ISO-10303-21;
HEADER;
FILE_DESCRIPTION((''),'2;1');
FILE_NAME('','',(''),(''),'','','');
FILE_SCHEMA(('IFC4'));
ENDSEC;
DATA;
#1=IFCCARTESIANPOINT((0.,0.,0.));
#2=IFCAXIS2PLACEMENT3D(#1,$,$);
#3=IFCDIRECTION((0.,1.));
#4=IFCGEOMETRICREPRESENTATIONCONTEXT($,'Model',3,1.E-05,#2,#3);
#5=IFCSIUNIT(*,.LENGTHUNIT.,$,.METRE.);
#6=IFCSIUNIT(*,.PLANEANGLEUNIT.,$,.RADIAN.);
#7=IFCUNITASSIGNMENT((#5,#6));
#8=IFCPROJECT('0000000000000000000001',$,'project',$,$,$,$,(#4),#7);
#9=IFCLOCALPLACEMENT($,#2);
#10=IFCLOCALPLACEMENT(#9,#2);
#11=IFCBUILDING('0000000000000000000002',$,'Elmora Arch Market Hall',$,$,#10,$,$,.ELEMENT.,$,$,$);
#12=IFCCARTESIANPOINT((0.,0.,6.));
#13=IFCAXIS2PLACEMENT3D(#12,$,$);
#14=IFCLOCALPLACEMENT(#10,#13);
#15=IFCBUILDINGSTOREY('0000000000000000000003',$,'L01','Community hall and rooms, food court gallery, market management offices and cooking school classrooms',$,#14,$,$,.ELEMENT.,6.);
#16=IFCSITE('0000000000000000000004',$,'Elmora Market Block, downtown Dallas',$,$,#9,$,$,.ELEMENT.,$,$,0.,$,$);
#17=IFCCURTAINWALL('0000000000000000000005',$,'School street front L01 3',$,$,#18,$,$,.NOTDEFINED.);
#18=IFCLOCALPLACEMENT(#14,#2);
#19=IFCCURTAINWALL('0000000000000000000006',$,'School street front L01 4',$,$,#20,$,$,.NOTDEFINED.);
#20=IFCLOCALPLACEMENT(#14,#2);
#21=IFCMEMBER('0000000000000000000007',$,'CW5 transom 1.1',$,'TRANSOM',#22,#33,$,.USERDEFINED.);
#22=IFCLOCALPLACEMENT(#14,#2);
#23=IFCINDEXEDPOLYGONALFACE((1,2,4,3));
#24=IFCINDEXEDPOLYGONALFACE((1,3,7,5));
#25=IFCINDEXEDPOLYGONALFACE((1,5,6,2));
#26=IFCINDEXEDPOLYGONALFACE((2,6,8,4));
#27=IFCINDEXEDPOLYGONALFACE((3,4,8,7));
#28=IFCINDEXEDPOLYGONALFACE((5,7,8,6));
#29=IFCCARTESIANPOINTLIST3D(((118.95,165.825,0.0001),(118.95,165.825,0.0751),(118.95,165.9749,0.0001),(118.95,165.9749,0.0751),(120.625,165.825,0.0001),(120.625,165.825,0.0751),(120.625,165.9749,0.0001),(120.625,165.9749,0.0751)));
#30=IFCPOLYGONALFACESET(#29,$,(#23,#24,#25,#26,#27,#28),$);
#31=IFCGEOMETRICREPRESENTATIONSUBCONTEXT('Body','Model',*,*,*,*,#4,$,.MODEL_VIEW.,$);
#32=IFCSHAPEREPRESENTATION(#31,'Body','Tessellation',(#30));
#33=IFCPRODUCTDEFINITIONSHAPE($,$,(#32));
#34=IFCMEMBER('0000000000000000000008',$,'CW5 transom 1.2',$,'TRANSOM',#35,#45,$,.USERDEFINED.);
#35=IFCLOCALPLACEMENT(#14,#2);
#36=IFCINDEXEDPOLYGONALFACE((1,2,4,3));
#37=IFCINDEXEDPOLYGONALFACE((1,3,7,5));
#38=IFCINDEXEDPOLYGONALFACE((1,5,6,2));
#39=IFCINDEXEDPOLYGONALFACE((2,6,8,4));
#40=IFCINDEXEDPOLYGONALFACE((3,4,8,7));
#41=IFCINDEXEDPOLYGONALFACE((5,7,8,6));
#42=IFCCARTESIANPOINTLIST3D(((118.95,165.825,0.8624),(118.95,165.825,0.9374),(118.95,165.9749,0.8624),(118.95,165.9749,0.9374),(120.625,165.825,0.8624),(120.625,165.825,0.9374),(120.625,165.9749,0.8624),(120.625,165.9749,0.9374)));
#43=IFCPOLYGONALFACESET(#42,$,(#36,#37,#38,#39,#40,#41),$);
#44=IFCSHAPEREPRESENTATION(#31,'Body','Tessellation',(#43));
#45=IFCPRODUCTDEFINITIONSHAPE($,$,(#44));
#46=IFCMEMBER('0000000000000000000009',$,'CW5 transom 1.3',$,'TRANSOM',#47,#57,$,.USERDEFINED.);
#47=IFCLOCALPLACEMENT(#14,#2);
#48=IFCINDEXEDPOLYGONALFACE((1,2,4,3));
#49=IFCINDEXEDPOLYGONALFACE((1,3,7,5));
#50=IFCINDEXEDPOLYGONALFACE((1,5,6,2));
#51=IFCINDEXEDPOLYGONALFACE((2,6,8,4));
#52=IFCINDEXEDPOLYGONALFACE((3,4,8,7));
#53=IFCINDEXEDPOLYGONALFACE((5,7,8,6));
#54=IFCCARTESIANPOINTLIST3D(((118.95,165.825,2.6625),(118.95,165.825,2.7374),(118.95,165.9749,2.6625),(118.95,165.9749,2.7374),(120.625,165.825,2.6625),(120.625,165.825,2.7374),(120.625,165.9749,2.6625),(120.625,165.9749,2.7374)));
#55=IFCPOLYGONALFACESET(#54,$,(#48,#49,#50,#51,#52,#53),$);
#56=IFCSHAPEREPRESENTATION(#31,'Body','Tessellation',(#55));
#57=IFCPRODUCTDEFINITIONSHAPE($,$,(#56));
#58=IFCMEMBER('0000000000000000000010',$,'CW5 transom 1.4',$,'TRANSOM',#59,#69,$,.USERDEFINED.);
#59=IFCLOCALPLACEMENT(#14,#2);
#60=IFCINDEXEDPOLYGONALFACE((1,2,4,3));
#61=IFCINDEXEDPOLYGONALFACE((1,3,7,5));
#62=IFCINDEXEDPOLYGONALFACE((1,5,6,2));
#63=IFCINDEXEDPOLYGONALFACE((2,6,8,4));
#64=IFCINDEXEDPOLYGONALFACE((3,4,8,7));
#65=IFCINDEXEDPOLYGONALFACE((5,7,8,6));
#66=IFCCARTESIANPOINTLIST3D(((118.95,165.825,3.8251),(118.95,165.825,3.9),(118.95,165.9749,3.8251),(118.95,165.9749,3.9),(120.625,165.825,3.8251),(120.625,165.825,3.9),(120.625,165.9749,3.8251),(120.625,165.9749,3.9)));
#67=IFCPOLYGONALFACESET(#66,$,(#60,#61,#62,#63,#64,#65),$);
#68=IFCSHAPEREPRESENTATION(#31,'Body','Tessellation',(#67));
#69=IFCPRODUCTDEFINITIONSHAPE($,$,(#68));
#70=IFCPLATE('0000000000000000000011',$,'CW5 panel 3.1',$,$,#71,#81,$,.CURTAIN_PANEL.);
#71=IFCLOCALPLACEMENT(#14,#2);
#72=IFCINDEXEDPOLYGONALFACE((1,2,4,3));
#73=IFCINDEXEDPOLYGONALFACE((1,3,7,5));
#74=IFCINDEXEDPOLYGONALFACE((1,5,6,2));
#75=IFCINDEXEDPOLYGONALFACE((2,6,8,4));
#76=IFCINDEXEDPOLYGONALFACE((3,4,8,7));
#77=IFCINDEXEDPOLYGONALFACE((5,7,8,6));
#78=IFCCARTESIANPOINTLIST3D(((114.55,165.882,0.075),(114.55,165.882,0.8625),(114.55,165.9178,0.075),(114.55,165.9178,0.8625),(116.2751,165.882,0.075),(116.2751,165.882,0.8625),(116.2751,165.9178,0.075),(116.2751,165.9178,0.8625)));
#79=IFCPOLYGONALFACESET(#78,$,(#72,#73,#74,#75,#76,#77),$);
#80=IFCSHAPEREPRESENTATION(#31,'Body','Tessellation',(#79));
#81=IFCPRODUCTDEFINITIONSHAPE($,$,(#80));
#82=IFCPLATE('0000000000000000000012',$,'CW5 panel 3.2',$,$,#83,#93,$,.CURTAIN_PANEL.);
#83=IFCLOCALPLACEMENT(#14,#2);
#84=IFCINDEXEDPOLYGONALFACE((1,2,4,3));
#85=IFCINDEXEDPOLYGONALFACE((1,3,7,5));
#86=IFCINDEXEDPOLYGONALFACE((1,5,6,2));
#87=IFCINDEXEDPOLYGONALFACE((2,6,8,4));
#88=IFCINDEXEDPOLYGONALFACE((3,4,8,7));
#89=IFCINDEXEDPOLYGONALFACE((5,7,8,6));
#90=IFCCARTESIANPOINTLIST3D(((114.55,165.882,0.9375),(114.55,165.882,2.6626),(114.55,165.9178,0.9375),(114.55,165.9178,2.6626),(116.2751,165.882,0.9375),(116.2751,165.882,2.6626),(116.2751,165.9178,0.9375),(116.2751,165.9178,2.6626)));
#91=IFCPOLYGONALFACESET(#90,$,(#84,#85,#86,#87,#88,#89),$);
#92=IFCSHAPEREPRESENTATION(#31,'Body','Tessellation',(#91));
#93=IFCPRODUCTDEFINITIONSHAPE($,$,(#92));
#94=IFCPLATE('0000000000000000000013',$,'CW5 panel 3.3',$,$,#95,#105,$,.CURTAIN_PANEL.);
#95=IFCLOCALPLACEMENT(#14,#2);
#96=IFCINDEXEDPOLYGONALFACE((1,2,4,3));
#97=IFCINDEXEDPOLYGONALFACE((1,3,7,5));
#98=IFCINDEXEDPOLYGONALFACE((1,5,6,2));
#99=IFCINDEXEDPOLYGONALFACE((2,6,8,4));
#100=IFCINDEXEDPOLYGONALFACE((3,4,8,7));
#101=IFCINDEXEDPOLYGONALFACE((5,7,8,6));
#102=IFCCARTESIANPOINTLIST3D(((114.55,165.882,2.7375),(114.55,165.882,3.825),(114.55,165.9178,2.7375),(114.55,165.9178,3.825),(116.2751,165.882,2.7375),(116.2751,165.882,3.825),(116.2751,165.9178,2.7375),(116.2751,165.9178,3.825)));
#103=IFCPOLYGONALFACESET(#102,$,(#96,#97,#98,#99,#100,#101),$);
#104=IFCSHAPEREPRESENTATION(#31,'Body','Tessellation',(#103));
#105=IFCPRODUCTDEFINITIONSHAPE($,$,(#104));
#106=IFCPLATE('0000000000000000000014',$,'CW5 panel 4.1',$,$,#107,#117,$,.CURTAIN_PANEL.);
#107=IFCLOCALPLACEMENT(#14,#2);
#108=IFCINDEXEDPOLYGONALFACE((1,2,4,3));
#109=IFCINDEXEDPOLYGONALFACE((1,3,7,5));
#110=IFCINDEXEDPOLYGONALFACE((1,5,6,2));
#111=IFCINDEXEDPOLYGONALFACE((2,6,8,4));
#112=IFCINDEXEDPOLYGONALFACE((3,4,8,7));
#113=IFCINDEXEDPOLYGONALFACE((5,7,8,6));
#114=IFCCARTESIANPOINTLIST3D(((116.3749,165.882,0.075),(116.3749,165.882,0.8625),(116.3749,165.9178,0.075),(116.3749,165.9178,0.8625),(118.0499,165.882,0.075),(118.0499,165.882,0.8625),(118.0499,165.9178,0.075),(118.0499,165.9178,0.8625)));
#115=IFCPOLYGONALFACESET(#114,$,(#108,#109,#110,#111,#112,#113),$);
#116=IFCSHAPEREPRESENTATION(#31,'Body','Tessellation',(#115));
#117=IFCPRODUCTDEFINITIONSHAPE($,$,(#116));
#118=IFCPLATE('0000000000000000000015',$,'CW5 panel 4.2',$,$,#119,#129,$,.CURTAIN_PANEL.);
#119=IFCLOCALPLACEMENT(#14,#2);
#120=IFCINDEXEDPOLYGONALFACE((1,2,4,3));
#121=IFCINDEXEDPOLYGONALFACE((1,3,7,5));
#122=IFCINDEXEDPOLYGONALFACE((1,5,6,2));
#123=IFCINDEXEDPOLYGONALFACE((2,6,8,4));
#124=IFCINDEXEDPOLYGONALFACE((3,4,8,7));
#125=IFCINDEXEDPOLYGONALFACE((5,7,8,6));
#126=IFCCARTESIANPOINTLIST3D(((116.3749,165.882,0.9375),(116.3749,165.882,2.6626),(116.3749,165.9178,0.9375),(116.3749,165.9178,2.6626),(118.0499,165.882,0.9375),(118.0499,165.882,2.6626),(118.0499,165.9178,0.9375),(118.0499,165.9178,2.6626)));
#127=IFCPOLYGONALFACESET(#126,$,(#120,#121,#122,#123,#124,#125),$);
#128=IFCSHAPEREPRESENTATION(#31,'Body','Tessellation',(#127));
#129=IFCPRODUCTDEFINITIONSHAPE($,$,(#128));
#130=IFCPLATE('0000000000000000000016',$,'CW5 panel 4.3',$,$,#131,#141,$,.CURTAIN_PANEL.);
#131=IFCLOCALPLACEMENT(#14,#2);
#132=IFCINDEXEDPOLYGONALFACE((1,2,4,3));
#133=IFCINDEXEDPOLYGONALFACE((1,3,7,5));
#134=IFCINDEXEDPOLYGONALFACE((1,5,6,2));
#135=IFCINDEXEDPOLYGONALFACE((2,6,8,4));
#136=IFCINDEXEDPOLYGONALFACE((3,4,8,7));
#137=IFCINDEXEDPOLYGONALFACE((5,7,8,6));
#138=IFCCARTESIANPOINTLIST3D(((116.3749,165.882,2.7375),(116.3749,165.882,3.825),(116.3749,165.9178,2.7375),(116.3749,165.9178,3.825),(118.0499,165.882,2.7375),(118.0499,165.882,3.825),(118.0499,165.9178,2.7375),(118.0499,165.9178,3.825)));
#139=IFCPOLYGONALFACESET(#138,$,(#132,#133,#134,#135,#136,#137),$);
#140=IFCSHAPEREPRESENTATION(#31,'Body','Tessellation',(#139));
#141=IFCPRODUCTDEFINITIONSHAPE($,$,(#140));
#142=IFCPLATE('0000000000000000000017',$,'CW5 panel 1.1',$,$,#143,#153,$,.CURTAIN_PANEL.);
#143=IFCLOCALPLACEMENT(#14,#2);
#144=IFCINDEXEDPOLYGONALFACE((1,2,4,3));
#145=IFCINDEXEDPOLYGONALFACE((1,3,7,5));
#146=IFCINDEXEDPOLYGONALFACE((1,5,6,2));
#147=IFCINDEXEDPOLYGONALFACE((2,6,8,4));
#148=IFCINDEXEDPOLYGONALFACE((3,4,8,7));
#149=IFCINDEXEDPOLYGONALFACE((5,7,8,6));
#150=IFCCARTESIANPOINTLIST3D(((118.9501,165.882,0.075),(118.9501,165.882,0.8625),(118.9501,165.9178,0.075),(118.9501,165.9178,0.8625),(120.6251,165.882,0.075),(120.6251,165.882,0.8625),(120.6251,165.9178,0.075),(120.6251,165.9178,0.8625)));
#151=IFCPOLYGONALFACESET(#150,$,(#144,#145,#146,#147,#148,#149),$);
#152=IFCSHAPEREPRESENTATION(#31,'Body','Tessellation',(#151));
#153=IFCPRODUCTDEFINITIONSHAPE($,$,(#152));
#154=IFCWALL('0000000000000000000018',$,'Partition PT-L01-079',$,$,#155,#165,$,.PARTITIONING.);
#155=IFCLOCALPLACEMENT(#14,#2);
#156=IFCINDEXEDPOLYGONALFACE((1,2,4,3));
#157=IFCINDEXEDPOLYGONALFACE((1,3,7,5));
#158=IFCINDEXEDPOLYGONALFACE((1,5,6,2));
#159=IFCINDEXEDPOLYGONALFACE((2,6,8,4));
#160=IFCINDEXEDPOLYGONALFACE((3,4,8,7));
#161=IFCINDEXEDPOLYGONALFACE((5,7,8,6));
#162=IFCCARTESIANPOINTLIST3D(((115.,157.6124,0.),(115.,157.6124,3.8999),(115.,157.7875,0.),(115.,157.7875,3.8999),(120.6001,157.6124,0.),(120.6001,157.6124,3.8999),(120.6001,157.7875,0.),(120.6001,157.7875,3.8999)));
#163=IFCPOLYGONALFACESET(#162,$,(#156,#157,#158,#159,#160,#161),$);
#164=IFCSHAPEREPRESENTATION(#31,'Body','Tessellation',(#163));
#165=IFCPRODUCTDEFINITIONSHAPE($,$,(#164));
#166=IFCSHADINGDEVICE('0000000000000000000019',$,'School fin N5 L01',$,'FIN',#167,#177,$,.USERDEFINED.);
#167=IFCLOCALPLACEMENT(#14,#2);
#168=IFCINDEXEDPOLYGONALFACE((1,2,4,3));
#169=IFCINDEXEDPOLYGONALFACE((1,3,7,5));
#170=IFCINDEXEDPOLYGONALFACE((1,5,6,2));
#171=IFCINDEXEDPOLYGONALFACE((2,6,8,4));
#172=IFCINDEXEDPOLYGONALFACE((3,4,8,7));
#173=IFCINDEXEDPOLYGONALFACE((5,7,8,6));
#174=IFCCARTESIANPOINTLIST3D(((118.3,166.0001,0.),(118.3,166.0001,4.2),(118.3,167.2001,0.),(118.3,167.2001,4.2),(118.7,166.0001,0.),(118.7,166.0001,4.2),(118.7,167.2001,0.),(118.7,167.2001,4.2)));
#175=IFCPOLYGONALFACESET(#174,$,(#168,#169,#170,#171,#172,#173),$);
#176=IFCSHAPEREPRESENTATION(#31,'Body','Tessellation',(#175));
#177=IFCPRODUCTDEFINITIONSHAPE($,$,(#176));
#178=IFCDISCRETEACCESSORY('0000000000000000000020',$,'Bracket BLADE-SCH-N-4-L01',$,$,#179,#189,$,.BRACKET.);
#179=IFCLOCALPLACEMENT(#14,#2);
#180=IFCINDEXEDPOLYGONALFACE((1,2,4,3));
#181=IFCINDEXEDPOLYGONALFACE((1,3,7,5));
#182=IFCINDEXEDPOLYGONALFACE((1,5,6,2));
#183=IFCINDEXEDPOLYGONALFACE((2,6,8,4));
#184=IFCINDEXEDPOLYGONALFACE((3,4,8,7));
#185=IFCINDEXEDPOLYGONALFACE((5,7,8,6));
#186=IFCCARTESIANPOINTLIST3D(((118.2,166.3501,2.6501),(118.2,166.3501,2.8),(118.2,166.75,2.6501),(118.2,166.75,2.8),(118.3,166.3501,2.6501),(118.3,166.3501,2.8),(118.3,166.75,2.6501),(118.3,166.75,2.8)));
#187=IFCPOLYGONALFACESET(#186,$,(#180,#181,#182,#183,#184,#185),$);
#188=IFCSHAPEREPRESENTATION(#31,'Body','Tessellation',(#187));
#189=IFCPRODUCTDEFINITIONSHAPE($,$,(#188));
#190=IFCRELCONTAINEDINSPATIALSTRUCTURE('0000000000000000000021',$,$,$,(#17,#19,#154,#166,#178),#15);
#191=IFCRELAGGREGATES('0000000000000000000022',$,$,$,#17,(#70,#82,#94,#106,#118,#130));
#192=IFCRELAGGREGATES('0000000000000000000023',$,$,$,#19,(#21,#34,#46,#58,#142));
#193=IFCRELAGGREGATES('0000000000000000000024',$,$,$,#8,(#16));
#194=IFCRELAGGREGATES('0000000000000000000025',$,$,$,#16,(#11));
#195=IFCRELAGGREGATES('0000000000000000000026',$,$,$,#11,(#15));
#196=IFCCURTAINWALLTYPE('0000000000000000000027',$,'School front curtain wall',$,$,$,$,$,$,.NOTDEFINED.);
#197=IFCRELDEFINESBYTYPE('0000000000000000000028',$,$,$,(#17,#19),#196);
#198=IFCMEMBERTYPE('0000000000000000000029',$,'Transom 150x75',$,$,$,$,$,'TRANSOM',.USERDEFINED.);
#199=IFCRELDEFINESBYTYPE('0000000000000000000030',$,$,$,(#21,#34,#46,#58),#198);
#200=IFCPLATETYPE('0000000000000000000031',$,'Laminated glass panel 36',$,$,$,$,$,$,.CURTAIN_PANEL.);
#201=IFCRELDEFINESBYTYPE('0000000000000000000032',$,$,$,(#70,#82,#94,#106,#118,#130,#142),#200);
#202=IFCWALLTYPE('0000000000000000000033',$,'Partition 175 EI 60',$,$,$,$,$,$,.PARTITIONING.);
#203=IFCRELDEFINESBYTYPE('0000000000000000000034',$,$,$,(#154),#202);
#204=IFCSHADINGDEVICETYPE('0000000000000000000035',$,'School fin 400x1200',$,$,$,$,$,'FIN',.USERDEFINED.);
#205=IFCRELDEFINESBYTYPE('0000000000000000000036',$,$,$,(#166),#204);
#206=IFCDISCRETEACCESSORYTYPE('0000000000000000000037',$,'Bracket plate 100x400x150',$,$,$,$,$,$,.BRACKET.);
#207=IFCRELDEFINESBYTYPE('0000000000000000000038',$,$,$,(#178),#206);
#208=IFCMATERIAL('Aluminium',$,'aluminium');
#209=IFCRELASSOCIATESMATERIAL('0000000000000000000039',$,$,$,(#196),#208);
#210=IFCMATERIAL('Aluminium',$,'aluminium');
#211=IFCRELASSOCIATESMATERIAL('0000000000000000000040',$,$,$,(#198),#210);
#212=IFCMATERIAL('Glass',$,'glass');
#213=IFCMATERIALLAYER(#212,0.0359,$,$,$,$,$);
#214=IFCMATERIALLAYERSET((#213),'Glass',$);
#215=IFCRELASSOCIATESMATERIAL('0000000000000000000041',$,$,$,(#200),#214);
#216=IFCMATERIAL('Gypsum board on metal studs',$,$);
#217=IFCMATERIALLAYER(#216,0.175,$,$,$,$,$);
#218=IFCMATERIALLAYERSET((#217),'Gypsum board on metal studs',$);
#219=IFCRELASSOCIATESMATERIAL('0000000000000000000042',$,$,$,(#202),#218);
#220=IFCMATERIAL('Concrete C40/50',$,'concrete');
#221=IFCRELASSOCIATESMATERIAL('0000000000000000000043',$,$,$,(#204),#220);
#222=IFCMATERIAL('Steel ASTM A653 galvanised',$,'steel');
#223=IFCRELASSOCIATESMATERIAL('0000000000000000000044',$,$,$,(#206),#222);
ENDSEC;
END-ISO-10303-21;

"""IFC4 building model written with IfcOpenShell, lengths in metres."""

from ifc_helpers import new_model, si_unit, direction, frame, frame_2d, origin, origin_2d, place, context, subcontext, project, spatial, rectangle, extrude, material, layer, layer_set, material_profile, profile_set, type_object, element, aggregate, save


model = new_model("IFC4")

# Units and contexts
model_context = context("Model", 3, precision=1e-05, world=origin(), true_north=direction((0.0, 1.0)))
body_context = subcontext(model_context, "Body", "Model", "MODEL_VIEW")
ifc_project = project(units=[si_unit("LENGTHUNIT", "METRE"), si_unit("PLANEANGLEUNIT", "RADIAN")], contexts=[model_context])

# Site, building, storey
site_placement = place(None, origin())
site = spatial("IfcSite", under=ifc_project, at=site_placement, Name="Elmora Market Block, downtown Dallas", CompositionType="ELEMENT", RefElevation=0.0)
building_placement = place(site_placement, origin())
building = spatial("IfcBuilding", under=site, at=building_placement, Name="Elmora Arch Market Hall", CompositionType="ELEMENT")
storey_placement = place(building_placement, frame((0.0, 0.0, 6.0)))
storey = spatial("IfcBuildingStorey", under=building, at=storey_placement, Name="L01", Description="Community hall and rooms, food court gallery, market management offices and cooking school classrooms", CompositionType="ELEMENT", Elevation=6.0)

# Curtain wall
ifc_material_1 = material(Name="Aluminium", Category="aluminium")
curtain_wall_type = type_object("IfcCurtainWallType", Name="School front curtain wall", PredefinedType="NOTDEFINED", material=ifc_material_1)
curtain_wall_1_placement = place(storey_placement, origin())
curtain_wall_1 = element("IfcCurtainWall", 1, at=curtain_wall_1_placement, inside=storey, type_object=curtain_wall_type, Name="School street front L01 3", PredefinedType="NOTDEFINED")

# Curtain wall
curtain_wall_2_placement = place(storey_placement, origin())
curtain_wall_2 = element("IfcCurtainWall", 2, at=curtain_wall_2_placement, inside=storey, type_object=curtain_wall_type, Name="School street front L01 4", PredefinedType="NOTDEFINED")

# Members
ifc_material_2 = material(Name="Aluminium", Category="aluminium")
ifc_material_profile_1 = material_profile(ifc_material_2, rectangle(XDim=0.1499, YDim=0.075, at=origin_2d()), Name="AL 150x75")
ifc_profile_set_1 = profile_set([ifc_material_profile_1], Name="Aluminium")
member_type_1 = type_object("IfcMemberType", Name="Transom 150x75", ElementType="TRANSOM", PredefinedType="USERDEFINED", material=ifc_profile_set_1)
member_1_placement = place(storey_placement, frame((118.95, 165.8999, 0.0376), z_axis=(1.0, 0.0, 0.0), x_axis=(0.0, 1.0, 0.0)))
member_1 = element("IfcMember", 3, at=member_1_placement, type_object=member_type_1, Name="CW5 transom 1.1", ObjectType="TRANSOM", PredefinedType="USERDEFINED", context=body_context, shape_type="SweptSolid", body=[
    extrude(rectangle(XDim=0.1499, YDim=0.075, at=origin_2d()), origin(), (0.0, 0.0, 1.0), 1.675),
])
member_2_placement = place(storey_placement, frame((118.95, 165.8999, 0.8999), z_axis=(1.0, 0.0, 0.0), x_axis=(0.0, 1.0, 0.0)))
member_2 = element("IfcMember", 4, at=member_2_placement, type_object=member_type_1, Name="CW5 transom 1.2", ObjectType="TRANSOM", PredefinedType="USERDEFINED", context=body_context, shape_type="SweptSolid", body=[
    extrude(rectangle(XDim=0.1499, YDim=0.075, at=origin_2d()), origin(), (0.0, 0.0, 1.0), 1.675),
])
member_3_placement = place(storey_placement, frame((118.95, 165.8999, 2.7), z_axis=(1.0, 0.0, 0.0), x_axis=(0.0, 1.0, 0.0)))
member_3 = element("IfcMember", 5, at=member_3_placement, type_object=member_type_1, Name="CW5 transom 1.3", ObjectType="TRANSOM", PredefinedType="USERDEFINED", context=body_context, shape_type="SweptSolid", body=[
    extrude(rectangle(XDim=0.1499, YDim=0.075, at=origin_2d()), origin(), (0.0, 0.0, 1.0), 1.675),
])
member_4_placement = place(storey_placement, frame((118.95, 165.8999, 3.8625), z_axis=(1.0, 0.0, 0.0), x_axis=(0.0, 1.0, 0.0)))
member_4 = element("IfcMember", 6, at=member_4_placement, type_object=member_type_1, Name="CW5 transom 1.4", ObjectType="TRANSOM", PredefinedType="USERDEFINED", context=body_context, shape_type="SweptSolid", body=[
    extrude(rectangle(XDim=0.1499, YDim=0.075, at=origin_2d()), origin(), (0.0, 0.0, 1.0), 1.675),
])

# Plates
ifc_material_3 = material(Name="Glass", Category="glass")
ifc_layer_1 = layer(ifc_material_3, 0.0359)
ifc_layer_set_1 = layer_set([ifc_layer_1], Name="Glass")
plate_type = type_object("IfcPlateType", Name="Laminated glass panel 36", PredefinedType="CURTAIN_PANEL", material=ifc_layer_set_1)
plate_1_placement = place(storey_placement, frame((115.4126, 165.8999, 0.075), z_axis=(0.0, 0.0, 1.0), x_axis=(1.0, 0.0, 0.0)))
plate_1 = element("IfcPlate", 7, at=plate_1_placement, type_object=plate_type, Name="CW5 panel 3.1", PredefinedType="CURTAIN_PANEL", context=body_context, shape_type="SweptSolid", body=[
    extrude(rectangle(XDim=1.7251, YDim=0.0359, at=origin_2d()), origin(), (0.0, 0.0, 1.0), 0.7876),
])
plate_2_placement = place(storey_placement, frame((115.4126, 165.8999, 0.9375), z_axis=(0.0, 0.0, 1.0), x_axis=(1.0, 0.0, 0.0)))
plate_2 = element("IfcPlate", 8, at=plate_2_placement, type_object=plate_type, Name="CW5 panel 3.2", PredefinedType="CURTAIN_PANEL", context=body_context, shape_type="SweptSolid", body=[
    extrude(rectangle(XDim=1.7251, YDim=0.0359, at=origin_2d()), origin(), (0.0, 0.0, 1.0), 1.7251),
])
plate_3_placement = place(storey_placement, frame((115.4126, 165.8999, 2.7375), z_axis=(0.0, 0.0, 1.0), x_axis=(1.0, 0.0, 0.0)))
plate_3 = element("IfcPlate", 9, at=plate_3_placement, type_object=plate_type, Name="CW5 panel 3.3", PredefinedType="CURTAIN_PANEL", context=body_context, shape_type="SweptSolid", body=[
    extrude(rectangle(XDim=1.7251, YDim=0.0359, at=origin_2d()), origin(), (0.0, 0.0, 1.0), 1.0874),
])
plate_4_placement = place(storey_placement, frame((117.2124, 165.8999, 0.075), z_axis=(0.0, 0.0, 1.0), x_axis=(1.0, 0.0, 0.0)))
plate_4 = element("IfcPlate", 10, at=plate_4_placement, type_object=plate_type, Name="CW5 panel 4.1", PredefinedType="CURTAIN_PANEL", context=body_context, shape_type="SweptSolid", body=[
    extrude(rectangle(XDim=1.675, YDim=0.0359, at=origin_2d()), origin(), (0.0, 0.0, 1.0), 0.7876),
])
plate_5_placement = place(storey_placement, frame((117.2124, 165.8999, 0.9375), z_axis=(0.0, 0.0, 1.0), x_axis=(1.0, 0.0, 0.0)))
plate_5 = element("IfcPlate", 11, at=plate_5_placement, type_object=plate_type, Name="CW5 panel 4.2", PredefinedType="CURTAIN_PANEL", context=body_context, shape_type="SweptSolid", body=[
    extrude(rectangle(XDim=1.675, YDim=0.0359, at=origin_2d()), origin(), (0.0, 0.0, 1.0), 1.7251),
])
plate_6_placement = place(storey_placement, frame((117.2124, 165.8999, 2.7375), z_axis=(0.0, 0.0, 1.0), x_axis=(1.0, 0.0, 0.0)))
plate_6 = element("IfcPlate", 12, at=plate_6_placement, type_object=plate_type, Name="CW5 panel 4.3", PredefinedType="CURTAIN_PANEL", context=body_context, shape_type="SweptSolid", body=[
    extrude(rectangle(XDim=1.675, YDim=0.0359, at=origin_2d()), origin(), (0.0, 0.0, 1.0), 1.0874),
])
aggregate(curtain_wall_1, [plate_1, plate_2, plate_3, plate_4, plate_5, plate_6])
plate_7_placement = place(storey_placement, frame((119.7876, 165.8999, 0.075), z_axis=(0.0, 0.0, 1.0), x_axis=(1.0, 0.0, 0.0)))
plate_7 = element("IfcPlate", 13, at=plate_7_placement, type_object=plate_type, Name="CW5 panel 1.1", PredefinedType="CURTAIN_PANEL", context=body_context, shape_type="SweptSolid", body=[
    extrude(rectangle(XDim=1.675, YDim=0.0359, at=origin_2d()), origin(), (0.0, 0.0, 1.0), 0.7876),
])
aggregate(curtain_wall_2, [member_1, member_2, member_3, member_4, plate_7])

# Wall
ifc_material_4 = material(Name="Gypsum board on metal studs")
ifc_layer_2 = layer(ifc_material_4, 0.175)
ifc_layer_set_2 = layer_set([ifc_layer_2], Name="Gypsum board on metal studs")
wall_type = type_object("IfcWallType", Name="Partition 175 EI 60", PredefinedType="PARTITIONING", material=ifc_layer_set_2)
wall_placement = place(storey_placement, frame((115.0, 157.7, 0.0), z_axis=(0.0, 0.0, 1.0), x_axis=(1.0, 0.0, 0.0)))
element("IfcWall", 14, at=wall_placement, inside=storey, type_object=wall_type, Name="Partition PT-L01-079", PredefinedType="PARTITIONING", context=body_context, shape_type="SweptSolid", body=[
    extrude(rectangle(XDim=5.6001, YDim=0.175, at=frame_2d((2.8, 0.0))), origin(), (0.0, 0.0, 1.0), 3.8999),
])

# Shading device
ifc_material_5 = material(Name="Concrete C40/50", Category="concrete")
shading_device_type = type_object("IfcShadingDeviceType", Name="School fin 400x1200", ElementType="FIN", PredefinedType="USERDEFINED", material=ifc_material_5)
shading_device_placement = place(storey_placement, frame((118.5, 166.6001, 0.0), z_axis=(0.0, 0.0, 1.0), x_axis=(1.0, 0.0, 0.0)))
element("IfcShadingDevice", 15, at=shading_device_placement, inside=storey, type_object=shading_device_type, Name="School fin N5 L01", ObjectType="FIN", PredefinedType="USERDEFINED", context=body_context, shape_type="SweptSolid", body=[
    extrude(rectangle(XDim=0.3999, YDim=1.2, at=origin_2d()), origin(), (0.0, 0.0, 1.0), 4.2),
])

# Discrete accessory
ifc_material_6 = material(Name="Steel ASTM A653 galvanised", Category="steel")
discrete_accessory_type = type_object("IfcDiscreteAccessoryType", Name="Bracket plate 100x400x150", PredefinedType="BRACKET", material=ifc_material_6)
for number, where, z_axis, x_axis, name in (
    (16, (118.25, 166.55, 2.6501), (0.0, 0.0, 1.0), (1.0, 0.0, 0.0), "Bracket BLADE-SCH-N-4-L01"),
):
    element("IfcDiscreteAccessory", number, at=place(storey_placement, frame(where, z_axis=z_axis, x_axis=x_axis)), inside=storey, type_object=discrete_accessory_type, Name=name, PredefinedType="BRACKET", context=body_context, shape_type="SweptSolid", body=[
        extrude(rectangle(XDim=0.1001, YDim=0.3999, at=origin_2d()), origin(), (0.0, 0.0, 1.0), 0.1499),
    ])

save(model, "model.ifc")
